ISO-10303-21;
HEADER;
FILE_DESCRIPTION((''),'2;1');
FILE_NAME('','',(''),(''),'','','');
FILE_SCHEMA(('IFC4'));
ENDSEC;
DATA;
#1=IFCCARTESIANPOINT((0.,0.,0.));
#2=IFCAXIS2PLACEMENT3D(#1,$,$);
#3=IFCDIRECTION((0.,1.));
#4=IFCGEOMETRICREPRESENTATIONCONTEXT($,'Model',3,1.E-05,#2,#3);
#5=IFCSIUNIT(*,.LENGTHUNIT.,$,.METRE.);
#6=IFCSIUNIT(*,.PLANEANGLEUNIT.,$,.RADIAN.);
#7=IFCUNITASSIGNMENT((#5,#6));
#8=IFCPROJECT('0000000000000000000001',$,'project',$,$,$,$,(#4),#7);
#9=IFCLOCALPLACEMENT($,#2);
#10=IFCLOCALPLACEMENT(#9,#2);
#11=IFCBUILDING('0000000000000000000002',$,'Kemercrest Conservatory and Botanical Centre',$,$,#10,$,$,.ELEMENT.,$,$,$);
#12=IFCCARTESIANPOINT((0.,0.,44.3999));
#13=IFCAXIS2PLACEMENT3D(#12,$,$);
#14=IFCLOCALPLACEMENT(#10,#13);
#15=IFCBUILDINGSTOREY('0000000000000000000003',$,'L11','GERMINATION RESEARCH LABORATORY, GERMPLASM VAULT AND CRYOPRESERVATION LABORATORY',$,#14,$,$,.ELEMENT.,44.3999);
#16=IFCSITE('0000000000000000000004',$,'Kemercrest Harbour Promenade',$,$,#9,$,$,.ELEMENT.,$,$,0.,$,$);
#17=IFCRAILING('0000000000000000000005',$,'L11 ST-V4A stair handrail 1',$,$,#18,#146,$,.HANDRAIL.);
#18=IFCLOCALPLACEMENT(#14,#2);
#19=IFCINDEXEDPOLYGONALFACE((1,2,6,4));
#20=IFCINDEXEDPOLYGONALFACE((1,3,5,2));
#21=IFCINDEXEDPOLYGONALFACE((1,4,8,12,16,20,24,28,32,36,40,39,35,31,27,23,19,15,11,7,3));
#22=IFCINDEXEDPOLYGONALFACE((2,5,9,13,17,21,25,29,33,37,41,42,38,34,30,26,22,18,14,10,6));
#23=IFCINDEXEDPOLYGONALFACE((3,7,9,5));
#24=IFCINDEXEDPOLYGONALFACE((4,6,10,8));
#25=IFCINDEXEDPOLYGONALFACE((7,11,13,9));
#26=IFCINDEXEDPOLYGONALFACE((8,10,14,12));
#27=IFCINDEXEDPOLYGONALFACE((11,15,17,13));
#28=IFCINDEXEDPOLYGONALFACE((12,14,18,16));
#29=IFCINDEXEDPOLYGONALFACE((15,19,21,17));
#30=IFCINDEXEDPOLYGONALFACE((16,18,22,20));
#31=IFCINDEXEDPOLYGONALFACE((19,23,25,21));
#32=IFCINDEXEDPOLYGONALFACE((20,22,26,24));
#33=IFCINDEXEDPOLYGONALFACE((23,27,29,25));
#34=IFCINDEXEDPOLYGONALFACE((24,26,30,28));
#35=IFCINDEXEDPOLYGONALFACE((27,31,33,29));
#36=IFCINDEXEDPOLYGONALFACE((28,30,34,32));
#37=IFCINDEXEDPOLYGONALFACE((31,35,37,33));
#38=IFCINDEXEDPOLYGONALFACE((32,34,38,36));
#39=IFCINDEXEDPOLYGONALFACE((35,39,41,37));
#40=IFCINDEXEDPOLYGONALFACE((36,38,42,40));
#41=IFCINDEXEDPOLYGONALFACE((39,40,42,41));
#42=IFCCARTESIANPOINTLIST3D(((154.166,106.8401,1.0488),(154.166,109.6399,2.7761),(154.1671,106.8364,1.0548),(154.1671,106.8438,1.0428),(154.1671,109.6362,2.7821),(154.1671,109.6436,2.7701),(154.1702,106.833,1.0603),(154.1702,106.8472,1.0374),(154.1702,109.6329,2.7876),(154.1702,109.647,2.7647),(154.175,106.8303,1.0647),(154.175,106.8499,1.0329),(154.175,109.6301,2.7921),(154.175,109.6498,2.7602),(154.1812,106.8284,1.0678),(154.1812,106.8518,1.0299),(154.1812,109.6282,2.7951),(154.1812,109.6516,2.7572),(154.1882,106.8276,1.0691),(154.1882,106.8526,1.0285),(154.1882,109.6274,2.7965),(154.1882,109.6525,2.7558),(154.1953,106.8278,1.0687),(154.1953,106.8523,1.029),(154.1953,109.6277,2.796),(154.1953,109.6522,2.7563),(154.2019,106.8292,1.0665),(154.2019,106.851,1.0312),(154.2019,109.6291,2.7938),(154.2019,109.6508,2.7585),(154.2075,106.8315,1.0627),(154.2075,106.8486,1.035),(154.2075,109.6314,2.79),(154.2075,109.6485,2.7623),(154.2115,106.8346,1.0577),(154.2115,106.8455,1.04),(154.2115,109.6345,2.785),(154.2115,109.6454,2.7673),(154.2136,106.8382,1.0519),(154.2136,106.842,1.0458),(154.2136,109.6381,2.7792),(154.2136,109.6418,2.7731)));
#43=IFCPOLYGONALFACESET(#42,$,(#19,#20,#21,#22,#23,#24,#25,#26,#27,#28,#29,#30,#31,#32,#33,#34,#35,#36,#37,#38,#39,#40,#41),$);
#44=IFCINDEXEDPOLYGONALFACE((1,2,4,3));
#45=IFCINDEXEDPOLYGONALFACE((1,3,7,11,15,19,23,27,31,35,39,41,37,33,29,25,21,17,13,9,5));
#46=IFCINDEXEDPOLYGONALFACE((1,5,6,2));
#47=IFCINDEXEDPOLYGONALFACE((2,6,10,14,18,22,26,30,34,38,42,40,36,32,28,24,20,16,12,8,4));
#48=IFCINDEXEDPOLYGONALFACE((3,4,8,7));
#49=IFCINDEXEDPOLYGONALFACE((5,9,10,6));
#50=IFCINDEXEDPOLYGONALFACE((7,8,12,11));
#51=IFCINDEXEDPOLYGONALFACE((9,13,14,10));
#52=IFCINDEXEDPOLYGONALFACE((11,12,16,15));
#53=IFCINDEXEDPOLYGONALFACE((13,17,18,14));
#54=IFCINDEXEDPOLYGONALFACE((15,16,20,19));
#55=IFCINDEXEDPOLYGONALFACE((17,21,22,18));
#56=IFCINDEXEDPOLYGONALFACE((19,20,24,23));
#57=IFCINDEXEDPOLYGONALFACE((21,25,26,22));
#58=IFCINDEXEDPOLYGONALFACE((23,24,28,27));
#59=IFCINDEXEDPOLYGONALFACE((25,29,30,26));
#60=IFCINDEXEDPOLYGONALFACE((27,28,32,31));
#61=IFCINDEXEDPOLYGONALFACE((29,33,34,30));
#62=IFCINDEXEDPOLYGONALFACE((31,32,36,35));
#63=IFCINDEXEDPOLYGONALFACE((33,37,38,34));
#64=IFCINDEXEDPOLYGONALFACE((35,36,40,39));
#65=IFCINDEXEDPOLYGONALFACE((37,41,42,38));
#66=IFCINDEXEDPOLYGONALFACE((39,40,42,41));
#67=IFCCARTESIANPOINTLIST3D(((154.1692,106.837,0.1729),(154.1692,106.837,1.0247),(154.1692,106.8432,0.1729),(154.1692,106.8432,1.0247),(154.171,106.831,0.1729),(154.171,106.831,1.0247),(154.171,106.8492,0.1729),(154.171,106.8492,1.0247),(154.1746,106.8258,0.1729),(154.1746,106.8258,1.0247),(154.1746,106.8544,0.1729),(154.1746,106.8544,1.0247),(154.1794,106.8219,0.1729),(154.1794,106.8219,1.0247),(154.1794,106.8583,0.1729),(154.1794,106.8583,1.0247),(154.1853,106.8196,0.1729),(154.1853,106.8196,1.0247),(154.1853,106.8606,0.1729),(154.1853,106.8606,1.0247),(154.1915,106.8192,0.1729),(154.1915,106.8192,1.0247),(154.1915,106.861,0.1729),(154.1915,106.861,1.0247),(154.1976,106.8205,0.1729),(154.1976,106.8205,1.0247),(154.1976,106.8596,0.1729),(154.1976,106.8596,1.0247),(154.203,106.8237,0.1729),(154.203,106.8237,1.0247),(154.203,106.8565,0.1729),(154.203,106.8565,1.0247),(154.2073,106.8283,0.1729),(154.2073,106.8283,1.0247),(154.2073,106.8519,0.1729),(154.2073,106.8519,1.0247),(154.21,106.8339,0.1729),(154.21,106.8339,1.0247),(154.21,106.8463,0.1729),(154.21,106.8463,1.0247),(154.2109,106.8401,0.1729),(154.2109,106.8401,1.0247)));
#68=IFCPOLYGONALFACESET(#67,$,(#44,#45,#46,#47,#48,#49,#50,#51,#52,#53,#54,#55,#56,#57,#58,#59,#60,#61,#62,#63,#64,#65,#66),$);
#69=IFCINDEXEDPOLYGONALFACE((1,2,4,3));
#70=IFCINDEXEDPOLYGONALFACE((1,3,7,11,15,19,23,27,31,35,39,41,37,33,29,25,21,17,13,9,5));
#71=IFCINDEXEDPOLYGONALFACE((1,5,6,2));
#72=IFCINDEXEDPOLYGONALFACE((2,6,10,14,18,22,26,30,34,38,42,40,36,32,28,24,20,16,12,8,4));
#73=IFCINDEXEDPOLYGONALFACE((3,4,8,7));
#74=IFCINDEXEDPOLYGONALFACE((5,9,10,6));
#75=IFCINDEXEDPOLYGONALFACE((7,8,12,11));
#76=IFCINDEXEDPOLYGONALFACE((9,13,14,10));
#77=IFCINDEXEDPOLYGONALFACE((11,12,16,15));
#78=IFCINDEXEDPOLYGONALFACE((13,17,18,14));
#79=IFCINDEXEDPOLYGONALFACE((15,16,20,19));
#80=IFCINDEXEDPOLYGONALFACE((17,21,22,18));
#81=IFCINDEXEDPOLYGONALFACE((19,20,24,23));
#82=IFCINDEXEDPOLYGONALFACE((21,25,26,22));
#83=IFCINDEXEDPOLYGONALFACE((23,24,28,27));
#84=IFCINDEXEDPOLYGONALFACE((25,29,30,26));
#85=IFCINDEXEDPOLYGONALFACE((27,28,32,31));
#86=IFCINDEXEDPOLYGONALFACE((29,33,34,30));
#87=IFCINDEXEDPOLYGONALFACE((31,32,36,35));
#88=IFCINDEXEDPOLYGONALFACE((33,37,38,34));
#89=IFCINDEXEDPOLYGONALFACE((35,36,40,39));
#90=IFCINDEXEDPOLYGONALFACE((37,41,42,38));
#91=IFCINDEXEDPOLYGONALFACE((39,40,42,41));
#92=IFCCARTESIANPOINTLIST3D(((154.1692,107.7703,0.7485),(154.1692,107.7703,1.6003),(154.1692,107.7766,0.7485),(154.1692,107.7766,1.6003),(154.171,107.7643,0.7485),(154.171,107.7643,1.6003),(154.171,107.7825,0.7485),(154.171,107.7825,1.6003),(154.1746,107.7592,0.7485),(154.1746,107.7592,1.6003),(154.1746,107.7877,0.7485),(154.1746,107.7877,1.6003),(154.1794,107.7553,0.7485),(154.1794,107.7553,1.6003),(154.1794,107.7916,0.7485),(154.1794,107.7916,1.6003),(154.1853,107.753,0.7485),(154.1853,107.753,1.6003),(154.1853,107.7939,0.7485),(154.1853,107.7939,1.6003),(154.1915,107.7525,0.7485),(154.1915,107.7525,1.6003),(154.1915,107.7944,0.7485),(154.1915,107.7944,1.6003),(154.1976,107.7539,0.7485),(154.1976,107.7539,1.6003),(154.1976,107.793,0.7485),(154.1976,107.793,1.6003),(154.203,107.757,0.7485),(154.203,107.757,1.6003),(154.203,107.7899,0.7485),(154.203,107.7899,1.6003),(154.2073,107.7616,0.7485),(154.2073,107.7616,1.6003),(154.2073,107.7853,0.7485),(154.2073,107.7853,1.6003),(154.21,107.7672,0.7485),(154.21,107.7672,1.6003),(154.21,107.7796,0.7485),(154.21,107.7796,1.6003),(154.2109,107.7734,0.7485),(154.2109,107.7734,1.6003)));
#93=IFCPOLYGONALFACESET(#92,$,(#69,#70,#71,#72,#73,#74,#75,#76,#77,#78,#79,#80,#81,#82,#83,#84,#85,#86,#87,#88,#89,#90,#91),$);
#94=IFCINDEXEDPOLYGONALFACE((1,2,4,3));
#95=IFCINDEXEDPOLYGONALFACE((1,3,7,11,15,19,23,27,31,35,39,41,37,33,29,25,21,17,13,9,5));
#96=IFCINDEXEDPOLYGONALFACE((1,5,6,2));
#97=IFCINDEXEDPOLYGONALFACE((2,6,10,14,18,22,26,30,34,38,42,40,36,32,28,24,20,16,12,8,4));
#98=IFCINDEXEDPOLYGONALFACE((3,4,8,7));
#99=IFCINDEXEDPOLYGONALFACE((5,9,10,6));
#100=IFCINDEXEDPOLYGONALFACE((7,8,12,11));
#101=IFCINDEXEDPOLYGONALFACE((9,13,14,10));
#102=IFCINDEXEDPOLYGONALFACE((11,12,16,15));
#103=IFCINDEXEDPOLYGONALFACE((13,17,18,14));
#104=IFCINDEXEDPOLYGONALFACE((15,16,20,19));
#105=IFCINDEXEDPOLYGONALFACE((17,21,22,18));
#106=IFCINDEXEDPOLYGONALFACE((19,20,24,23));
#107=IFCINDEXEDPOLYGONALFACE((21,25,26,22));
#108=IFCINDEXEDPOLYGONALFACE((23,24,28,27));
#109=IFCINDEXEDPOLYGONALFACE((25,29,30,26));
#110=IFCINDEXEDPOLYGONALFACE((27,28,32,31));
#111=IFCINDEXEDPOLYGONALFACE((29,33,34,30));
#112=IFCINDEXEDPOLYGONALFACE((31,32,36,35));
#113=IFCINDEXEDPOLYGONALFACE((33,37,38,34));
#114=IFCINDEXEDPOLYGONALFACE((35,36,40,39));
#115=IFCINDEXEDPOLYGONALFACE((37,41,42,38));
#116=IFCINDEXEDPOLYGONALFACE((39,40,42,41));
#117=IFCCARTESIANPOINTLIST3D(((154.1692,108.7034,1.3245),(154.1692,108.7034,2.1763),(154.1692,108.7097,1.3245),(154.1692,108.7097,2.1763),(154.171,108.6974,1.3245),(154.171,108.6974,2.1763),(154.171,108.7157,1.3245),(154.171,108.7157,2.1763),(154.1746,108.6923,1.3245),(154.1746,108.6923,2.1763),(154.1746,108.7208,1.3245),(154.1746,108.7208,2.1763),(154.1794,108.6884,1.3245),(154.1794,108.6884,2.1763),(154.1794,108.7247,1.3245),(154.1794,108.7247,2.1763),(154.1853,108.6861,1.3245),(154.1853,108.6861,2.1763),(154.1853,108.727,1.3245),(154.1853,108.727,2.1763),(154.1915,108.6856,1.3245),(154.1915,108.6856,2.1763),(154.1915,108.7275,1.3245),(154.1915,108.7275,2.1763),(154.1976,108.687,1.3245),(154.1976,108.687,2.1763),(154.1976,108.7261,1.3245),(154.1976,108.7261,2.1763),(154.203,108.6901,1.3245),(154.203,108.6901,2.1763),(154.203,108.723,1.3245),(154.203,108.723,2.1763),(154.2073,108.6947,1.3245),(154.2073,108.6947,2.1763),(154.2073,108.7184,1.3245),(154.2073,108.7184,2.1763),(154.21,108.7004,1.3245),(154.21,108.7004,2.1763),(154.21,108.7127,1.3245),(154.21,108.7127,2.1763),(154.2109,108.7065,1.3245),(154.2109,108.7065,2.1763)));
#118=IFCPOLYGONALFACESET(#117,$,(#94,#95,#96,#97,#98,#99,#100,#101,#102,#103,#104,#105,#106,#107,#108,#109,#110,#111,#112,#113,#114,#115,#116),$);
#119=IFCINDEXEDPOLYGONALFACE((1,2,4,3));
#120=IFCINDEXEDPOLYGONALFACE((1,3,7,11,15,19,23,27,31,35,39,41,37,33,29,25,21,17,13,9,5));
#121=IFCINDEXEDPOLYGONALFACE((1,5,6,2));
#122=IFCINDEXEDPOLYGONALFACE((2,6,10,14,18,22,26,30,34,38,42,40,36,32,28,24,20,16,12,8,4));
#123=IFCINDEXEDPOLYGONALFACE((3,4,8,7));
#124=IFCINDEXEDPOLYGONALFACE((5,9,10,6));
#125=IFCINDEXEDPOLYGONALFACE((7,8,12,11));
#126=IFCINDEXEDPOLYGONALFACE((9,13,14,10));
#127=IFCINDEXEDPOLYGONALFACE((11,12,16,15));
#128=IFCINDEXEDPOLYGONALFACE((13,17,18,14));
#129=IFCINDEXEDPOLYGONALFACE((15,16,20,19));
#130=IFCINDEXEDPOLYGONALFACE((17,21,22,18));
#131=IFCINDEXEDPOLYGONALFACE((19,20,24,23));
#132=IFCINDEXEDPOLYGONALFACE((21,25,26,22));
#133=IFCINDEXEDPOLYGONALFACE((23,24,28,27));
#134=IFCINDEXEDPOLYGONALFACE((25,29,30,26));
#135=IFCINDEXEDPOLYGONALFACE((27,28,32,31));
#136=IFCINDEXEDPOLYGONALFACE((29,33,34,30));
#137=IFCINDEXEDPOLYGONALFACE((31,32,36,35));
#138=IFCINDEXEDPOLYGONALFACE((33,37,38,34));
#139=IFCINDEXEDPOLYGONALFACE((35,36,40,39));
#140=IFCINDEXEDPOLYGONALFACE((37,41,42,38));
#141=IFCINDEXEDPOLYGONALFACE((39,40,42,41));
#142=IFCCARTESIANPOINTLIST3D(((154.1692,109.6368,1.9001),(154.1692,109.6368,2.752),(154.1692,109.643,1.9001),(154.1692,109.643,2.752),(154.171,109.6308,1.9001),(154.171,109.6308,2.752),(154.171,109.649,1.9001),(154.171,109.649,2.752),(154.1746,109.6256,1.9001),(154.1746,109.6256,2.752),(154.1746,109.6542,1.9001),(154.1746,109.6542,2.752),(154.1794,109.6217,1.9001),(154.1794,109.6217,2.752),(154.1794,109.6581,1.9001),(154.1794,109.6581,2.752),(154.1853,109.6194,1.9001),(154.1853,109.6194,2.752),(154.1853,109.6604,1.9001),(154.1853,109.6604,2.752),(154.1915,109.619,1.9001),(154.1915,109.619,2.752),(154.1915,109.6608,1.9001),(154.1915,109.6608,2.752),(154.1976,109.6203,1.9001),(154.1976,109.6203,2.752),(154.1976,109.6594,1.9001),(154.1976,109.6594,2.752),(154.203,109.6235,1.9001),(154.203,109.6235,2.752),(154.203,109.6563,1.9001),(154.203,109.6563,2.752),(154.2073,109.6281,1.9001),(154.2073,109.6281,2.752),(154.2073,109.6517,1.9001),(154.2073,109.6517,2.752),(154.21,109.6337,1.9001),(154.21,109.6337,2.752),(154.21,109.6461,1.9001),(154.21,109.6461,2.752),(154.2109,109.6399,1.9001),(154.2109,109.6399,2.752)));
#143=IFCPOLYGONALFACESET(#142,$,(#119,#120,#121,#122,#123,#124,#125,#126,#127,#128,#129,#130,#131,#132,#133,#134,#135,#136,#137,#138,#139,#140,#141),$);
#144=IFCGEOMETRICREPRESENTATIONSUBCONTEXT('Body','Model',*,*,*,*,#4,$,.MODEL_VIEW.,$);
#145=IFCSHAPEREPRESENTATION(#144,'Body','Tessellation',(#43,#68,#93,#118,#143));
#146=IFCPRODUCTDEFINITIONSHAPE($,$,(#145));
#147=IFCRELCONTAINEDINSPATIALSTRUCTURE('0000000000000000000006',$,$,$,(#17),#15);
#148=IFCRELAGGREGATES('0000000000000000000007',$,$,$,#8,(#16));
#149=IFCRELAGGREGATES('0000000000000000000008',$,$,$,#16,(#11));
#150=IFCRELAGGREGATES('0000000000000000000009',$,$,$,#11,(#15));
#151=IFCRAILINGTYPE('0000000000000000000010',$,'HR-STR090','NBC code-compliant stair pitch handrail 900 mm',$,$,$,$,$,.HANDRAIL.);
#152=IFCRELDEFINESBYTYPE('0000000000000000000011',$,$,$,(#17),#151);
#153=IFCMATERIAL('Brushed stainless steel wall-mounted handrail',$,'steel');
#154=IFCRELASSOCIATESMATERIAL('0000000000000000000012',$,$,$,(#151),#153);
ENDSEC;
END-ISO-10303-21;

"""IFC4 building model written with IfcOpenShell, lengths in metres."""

from ifc_helpers import new_model, si_unit, direction, frame, origin, origin_2d, place, context, subcontext, project, spatial, circle, extrude, material, type_object, element, save


model = new_model("IFC4")

# Units and contexts
model_context = context("Model", 3, precision=1e-05, world=origin(), true_north=direction((0.0, 1.0)))
body_context = subcontext(model_context, "Body", "Model", "MODEL_VIEW")
ifc_project = project(units=[si_unit("LENGTHUNIT", "METRE"), si_unit("PLANEANGLEUNIT", "RADIAN")], contexts=[model_context])

# Site, building, storey
site_placement = place(None, origin())
site = spatial("IfcSite", under=ifc_project, at=site_placement, Name="Kemercrest Harbour Promenade", CompositionType="ELEMENT", RefElevation=0.0)
building_placement = place(site_placement, origin())
building = spatial("IfcBuilding", under=site, at=building_placement, Name="Kemercrest Conservatory and Botanical Centre", CompositionType="ELEMENT")
storey_placement = place(building_placement, frame((0.0, 0.0, 44.3999)))
storey = spatial("IfcBuildingStorey", under=building, at=storey_placement, Name="L11", Description="GERMINATION RESEARCH LABORATORY, GERMPLASM VAULT AND CRYOPRESERVATION LABORATORY", CompositionType="ELEMENT", Elevation=44.3999)

# Railing
ifc_material_1 = material(Name="Brushed stainless steel wall-mounted handrail", Category="steel")
railing_type_1 = type_object("IfcRailingType", Name="HR-STR090", Description="NBC code-compliant stair pitch handrail 900 mm", PredefinedType="HANDRAIL", material=ifc_material_1)
railing_1_placement = place(storey_placement, frame((154.1899, 106.8401, 0.1729)))
element("IfcRailing", 1, at=railing_1_placement, inside=storey, type_object=railing_type_1, Name="L11 ST-V4A stair handrail 1", PredefinedType="HANDRAIL", context=body_context, shape_type="SweptSolid", body=[
    extrude(circle(Radius=0.0239, at=origin_2d()), frame((0.0, 0.0, 0.876), z_axis=(0.0, 0.851069, 0.525054), x_axis=(-1.0, 0.0, 0.0)), (0.0, 0.0, 1.0), 3.2898),
    extrude(circle(Radius=0.021, at=origin_2d()), origin(), (0.0, 0.0, 1.0), 0.8518),
    extrude(circle(Radius=0.021, at=origin_2d()), frame((0.0, 0.9333, 0.5757)), (0.0, 0.0, 1.0), 0.8518),
    extrude(circle(Radius=0.021, at=origin_2d()), frame((0.0, 1.8665, 1.1516)), (0.0, 0.0, 1.0), 0.8518),
    extrude(circle(Radius=0.021, at=origin_2d()), frame((0.0, 2.7998, 1.7273)), (0.0, 0.0, 1.0), 0.8518),
])

save(model, "model.ifc")
